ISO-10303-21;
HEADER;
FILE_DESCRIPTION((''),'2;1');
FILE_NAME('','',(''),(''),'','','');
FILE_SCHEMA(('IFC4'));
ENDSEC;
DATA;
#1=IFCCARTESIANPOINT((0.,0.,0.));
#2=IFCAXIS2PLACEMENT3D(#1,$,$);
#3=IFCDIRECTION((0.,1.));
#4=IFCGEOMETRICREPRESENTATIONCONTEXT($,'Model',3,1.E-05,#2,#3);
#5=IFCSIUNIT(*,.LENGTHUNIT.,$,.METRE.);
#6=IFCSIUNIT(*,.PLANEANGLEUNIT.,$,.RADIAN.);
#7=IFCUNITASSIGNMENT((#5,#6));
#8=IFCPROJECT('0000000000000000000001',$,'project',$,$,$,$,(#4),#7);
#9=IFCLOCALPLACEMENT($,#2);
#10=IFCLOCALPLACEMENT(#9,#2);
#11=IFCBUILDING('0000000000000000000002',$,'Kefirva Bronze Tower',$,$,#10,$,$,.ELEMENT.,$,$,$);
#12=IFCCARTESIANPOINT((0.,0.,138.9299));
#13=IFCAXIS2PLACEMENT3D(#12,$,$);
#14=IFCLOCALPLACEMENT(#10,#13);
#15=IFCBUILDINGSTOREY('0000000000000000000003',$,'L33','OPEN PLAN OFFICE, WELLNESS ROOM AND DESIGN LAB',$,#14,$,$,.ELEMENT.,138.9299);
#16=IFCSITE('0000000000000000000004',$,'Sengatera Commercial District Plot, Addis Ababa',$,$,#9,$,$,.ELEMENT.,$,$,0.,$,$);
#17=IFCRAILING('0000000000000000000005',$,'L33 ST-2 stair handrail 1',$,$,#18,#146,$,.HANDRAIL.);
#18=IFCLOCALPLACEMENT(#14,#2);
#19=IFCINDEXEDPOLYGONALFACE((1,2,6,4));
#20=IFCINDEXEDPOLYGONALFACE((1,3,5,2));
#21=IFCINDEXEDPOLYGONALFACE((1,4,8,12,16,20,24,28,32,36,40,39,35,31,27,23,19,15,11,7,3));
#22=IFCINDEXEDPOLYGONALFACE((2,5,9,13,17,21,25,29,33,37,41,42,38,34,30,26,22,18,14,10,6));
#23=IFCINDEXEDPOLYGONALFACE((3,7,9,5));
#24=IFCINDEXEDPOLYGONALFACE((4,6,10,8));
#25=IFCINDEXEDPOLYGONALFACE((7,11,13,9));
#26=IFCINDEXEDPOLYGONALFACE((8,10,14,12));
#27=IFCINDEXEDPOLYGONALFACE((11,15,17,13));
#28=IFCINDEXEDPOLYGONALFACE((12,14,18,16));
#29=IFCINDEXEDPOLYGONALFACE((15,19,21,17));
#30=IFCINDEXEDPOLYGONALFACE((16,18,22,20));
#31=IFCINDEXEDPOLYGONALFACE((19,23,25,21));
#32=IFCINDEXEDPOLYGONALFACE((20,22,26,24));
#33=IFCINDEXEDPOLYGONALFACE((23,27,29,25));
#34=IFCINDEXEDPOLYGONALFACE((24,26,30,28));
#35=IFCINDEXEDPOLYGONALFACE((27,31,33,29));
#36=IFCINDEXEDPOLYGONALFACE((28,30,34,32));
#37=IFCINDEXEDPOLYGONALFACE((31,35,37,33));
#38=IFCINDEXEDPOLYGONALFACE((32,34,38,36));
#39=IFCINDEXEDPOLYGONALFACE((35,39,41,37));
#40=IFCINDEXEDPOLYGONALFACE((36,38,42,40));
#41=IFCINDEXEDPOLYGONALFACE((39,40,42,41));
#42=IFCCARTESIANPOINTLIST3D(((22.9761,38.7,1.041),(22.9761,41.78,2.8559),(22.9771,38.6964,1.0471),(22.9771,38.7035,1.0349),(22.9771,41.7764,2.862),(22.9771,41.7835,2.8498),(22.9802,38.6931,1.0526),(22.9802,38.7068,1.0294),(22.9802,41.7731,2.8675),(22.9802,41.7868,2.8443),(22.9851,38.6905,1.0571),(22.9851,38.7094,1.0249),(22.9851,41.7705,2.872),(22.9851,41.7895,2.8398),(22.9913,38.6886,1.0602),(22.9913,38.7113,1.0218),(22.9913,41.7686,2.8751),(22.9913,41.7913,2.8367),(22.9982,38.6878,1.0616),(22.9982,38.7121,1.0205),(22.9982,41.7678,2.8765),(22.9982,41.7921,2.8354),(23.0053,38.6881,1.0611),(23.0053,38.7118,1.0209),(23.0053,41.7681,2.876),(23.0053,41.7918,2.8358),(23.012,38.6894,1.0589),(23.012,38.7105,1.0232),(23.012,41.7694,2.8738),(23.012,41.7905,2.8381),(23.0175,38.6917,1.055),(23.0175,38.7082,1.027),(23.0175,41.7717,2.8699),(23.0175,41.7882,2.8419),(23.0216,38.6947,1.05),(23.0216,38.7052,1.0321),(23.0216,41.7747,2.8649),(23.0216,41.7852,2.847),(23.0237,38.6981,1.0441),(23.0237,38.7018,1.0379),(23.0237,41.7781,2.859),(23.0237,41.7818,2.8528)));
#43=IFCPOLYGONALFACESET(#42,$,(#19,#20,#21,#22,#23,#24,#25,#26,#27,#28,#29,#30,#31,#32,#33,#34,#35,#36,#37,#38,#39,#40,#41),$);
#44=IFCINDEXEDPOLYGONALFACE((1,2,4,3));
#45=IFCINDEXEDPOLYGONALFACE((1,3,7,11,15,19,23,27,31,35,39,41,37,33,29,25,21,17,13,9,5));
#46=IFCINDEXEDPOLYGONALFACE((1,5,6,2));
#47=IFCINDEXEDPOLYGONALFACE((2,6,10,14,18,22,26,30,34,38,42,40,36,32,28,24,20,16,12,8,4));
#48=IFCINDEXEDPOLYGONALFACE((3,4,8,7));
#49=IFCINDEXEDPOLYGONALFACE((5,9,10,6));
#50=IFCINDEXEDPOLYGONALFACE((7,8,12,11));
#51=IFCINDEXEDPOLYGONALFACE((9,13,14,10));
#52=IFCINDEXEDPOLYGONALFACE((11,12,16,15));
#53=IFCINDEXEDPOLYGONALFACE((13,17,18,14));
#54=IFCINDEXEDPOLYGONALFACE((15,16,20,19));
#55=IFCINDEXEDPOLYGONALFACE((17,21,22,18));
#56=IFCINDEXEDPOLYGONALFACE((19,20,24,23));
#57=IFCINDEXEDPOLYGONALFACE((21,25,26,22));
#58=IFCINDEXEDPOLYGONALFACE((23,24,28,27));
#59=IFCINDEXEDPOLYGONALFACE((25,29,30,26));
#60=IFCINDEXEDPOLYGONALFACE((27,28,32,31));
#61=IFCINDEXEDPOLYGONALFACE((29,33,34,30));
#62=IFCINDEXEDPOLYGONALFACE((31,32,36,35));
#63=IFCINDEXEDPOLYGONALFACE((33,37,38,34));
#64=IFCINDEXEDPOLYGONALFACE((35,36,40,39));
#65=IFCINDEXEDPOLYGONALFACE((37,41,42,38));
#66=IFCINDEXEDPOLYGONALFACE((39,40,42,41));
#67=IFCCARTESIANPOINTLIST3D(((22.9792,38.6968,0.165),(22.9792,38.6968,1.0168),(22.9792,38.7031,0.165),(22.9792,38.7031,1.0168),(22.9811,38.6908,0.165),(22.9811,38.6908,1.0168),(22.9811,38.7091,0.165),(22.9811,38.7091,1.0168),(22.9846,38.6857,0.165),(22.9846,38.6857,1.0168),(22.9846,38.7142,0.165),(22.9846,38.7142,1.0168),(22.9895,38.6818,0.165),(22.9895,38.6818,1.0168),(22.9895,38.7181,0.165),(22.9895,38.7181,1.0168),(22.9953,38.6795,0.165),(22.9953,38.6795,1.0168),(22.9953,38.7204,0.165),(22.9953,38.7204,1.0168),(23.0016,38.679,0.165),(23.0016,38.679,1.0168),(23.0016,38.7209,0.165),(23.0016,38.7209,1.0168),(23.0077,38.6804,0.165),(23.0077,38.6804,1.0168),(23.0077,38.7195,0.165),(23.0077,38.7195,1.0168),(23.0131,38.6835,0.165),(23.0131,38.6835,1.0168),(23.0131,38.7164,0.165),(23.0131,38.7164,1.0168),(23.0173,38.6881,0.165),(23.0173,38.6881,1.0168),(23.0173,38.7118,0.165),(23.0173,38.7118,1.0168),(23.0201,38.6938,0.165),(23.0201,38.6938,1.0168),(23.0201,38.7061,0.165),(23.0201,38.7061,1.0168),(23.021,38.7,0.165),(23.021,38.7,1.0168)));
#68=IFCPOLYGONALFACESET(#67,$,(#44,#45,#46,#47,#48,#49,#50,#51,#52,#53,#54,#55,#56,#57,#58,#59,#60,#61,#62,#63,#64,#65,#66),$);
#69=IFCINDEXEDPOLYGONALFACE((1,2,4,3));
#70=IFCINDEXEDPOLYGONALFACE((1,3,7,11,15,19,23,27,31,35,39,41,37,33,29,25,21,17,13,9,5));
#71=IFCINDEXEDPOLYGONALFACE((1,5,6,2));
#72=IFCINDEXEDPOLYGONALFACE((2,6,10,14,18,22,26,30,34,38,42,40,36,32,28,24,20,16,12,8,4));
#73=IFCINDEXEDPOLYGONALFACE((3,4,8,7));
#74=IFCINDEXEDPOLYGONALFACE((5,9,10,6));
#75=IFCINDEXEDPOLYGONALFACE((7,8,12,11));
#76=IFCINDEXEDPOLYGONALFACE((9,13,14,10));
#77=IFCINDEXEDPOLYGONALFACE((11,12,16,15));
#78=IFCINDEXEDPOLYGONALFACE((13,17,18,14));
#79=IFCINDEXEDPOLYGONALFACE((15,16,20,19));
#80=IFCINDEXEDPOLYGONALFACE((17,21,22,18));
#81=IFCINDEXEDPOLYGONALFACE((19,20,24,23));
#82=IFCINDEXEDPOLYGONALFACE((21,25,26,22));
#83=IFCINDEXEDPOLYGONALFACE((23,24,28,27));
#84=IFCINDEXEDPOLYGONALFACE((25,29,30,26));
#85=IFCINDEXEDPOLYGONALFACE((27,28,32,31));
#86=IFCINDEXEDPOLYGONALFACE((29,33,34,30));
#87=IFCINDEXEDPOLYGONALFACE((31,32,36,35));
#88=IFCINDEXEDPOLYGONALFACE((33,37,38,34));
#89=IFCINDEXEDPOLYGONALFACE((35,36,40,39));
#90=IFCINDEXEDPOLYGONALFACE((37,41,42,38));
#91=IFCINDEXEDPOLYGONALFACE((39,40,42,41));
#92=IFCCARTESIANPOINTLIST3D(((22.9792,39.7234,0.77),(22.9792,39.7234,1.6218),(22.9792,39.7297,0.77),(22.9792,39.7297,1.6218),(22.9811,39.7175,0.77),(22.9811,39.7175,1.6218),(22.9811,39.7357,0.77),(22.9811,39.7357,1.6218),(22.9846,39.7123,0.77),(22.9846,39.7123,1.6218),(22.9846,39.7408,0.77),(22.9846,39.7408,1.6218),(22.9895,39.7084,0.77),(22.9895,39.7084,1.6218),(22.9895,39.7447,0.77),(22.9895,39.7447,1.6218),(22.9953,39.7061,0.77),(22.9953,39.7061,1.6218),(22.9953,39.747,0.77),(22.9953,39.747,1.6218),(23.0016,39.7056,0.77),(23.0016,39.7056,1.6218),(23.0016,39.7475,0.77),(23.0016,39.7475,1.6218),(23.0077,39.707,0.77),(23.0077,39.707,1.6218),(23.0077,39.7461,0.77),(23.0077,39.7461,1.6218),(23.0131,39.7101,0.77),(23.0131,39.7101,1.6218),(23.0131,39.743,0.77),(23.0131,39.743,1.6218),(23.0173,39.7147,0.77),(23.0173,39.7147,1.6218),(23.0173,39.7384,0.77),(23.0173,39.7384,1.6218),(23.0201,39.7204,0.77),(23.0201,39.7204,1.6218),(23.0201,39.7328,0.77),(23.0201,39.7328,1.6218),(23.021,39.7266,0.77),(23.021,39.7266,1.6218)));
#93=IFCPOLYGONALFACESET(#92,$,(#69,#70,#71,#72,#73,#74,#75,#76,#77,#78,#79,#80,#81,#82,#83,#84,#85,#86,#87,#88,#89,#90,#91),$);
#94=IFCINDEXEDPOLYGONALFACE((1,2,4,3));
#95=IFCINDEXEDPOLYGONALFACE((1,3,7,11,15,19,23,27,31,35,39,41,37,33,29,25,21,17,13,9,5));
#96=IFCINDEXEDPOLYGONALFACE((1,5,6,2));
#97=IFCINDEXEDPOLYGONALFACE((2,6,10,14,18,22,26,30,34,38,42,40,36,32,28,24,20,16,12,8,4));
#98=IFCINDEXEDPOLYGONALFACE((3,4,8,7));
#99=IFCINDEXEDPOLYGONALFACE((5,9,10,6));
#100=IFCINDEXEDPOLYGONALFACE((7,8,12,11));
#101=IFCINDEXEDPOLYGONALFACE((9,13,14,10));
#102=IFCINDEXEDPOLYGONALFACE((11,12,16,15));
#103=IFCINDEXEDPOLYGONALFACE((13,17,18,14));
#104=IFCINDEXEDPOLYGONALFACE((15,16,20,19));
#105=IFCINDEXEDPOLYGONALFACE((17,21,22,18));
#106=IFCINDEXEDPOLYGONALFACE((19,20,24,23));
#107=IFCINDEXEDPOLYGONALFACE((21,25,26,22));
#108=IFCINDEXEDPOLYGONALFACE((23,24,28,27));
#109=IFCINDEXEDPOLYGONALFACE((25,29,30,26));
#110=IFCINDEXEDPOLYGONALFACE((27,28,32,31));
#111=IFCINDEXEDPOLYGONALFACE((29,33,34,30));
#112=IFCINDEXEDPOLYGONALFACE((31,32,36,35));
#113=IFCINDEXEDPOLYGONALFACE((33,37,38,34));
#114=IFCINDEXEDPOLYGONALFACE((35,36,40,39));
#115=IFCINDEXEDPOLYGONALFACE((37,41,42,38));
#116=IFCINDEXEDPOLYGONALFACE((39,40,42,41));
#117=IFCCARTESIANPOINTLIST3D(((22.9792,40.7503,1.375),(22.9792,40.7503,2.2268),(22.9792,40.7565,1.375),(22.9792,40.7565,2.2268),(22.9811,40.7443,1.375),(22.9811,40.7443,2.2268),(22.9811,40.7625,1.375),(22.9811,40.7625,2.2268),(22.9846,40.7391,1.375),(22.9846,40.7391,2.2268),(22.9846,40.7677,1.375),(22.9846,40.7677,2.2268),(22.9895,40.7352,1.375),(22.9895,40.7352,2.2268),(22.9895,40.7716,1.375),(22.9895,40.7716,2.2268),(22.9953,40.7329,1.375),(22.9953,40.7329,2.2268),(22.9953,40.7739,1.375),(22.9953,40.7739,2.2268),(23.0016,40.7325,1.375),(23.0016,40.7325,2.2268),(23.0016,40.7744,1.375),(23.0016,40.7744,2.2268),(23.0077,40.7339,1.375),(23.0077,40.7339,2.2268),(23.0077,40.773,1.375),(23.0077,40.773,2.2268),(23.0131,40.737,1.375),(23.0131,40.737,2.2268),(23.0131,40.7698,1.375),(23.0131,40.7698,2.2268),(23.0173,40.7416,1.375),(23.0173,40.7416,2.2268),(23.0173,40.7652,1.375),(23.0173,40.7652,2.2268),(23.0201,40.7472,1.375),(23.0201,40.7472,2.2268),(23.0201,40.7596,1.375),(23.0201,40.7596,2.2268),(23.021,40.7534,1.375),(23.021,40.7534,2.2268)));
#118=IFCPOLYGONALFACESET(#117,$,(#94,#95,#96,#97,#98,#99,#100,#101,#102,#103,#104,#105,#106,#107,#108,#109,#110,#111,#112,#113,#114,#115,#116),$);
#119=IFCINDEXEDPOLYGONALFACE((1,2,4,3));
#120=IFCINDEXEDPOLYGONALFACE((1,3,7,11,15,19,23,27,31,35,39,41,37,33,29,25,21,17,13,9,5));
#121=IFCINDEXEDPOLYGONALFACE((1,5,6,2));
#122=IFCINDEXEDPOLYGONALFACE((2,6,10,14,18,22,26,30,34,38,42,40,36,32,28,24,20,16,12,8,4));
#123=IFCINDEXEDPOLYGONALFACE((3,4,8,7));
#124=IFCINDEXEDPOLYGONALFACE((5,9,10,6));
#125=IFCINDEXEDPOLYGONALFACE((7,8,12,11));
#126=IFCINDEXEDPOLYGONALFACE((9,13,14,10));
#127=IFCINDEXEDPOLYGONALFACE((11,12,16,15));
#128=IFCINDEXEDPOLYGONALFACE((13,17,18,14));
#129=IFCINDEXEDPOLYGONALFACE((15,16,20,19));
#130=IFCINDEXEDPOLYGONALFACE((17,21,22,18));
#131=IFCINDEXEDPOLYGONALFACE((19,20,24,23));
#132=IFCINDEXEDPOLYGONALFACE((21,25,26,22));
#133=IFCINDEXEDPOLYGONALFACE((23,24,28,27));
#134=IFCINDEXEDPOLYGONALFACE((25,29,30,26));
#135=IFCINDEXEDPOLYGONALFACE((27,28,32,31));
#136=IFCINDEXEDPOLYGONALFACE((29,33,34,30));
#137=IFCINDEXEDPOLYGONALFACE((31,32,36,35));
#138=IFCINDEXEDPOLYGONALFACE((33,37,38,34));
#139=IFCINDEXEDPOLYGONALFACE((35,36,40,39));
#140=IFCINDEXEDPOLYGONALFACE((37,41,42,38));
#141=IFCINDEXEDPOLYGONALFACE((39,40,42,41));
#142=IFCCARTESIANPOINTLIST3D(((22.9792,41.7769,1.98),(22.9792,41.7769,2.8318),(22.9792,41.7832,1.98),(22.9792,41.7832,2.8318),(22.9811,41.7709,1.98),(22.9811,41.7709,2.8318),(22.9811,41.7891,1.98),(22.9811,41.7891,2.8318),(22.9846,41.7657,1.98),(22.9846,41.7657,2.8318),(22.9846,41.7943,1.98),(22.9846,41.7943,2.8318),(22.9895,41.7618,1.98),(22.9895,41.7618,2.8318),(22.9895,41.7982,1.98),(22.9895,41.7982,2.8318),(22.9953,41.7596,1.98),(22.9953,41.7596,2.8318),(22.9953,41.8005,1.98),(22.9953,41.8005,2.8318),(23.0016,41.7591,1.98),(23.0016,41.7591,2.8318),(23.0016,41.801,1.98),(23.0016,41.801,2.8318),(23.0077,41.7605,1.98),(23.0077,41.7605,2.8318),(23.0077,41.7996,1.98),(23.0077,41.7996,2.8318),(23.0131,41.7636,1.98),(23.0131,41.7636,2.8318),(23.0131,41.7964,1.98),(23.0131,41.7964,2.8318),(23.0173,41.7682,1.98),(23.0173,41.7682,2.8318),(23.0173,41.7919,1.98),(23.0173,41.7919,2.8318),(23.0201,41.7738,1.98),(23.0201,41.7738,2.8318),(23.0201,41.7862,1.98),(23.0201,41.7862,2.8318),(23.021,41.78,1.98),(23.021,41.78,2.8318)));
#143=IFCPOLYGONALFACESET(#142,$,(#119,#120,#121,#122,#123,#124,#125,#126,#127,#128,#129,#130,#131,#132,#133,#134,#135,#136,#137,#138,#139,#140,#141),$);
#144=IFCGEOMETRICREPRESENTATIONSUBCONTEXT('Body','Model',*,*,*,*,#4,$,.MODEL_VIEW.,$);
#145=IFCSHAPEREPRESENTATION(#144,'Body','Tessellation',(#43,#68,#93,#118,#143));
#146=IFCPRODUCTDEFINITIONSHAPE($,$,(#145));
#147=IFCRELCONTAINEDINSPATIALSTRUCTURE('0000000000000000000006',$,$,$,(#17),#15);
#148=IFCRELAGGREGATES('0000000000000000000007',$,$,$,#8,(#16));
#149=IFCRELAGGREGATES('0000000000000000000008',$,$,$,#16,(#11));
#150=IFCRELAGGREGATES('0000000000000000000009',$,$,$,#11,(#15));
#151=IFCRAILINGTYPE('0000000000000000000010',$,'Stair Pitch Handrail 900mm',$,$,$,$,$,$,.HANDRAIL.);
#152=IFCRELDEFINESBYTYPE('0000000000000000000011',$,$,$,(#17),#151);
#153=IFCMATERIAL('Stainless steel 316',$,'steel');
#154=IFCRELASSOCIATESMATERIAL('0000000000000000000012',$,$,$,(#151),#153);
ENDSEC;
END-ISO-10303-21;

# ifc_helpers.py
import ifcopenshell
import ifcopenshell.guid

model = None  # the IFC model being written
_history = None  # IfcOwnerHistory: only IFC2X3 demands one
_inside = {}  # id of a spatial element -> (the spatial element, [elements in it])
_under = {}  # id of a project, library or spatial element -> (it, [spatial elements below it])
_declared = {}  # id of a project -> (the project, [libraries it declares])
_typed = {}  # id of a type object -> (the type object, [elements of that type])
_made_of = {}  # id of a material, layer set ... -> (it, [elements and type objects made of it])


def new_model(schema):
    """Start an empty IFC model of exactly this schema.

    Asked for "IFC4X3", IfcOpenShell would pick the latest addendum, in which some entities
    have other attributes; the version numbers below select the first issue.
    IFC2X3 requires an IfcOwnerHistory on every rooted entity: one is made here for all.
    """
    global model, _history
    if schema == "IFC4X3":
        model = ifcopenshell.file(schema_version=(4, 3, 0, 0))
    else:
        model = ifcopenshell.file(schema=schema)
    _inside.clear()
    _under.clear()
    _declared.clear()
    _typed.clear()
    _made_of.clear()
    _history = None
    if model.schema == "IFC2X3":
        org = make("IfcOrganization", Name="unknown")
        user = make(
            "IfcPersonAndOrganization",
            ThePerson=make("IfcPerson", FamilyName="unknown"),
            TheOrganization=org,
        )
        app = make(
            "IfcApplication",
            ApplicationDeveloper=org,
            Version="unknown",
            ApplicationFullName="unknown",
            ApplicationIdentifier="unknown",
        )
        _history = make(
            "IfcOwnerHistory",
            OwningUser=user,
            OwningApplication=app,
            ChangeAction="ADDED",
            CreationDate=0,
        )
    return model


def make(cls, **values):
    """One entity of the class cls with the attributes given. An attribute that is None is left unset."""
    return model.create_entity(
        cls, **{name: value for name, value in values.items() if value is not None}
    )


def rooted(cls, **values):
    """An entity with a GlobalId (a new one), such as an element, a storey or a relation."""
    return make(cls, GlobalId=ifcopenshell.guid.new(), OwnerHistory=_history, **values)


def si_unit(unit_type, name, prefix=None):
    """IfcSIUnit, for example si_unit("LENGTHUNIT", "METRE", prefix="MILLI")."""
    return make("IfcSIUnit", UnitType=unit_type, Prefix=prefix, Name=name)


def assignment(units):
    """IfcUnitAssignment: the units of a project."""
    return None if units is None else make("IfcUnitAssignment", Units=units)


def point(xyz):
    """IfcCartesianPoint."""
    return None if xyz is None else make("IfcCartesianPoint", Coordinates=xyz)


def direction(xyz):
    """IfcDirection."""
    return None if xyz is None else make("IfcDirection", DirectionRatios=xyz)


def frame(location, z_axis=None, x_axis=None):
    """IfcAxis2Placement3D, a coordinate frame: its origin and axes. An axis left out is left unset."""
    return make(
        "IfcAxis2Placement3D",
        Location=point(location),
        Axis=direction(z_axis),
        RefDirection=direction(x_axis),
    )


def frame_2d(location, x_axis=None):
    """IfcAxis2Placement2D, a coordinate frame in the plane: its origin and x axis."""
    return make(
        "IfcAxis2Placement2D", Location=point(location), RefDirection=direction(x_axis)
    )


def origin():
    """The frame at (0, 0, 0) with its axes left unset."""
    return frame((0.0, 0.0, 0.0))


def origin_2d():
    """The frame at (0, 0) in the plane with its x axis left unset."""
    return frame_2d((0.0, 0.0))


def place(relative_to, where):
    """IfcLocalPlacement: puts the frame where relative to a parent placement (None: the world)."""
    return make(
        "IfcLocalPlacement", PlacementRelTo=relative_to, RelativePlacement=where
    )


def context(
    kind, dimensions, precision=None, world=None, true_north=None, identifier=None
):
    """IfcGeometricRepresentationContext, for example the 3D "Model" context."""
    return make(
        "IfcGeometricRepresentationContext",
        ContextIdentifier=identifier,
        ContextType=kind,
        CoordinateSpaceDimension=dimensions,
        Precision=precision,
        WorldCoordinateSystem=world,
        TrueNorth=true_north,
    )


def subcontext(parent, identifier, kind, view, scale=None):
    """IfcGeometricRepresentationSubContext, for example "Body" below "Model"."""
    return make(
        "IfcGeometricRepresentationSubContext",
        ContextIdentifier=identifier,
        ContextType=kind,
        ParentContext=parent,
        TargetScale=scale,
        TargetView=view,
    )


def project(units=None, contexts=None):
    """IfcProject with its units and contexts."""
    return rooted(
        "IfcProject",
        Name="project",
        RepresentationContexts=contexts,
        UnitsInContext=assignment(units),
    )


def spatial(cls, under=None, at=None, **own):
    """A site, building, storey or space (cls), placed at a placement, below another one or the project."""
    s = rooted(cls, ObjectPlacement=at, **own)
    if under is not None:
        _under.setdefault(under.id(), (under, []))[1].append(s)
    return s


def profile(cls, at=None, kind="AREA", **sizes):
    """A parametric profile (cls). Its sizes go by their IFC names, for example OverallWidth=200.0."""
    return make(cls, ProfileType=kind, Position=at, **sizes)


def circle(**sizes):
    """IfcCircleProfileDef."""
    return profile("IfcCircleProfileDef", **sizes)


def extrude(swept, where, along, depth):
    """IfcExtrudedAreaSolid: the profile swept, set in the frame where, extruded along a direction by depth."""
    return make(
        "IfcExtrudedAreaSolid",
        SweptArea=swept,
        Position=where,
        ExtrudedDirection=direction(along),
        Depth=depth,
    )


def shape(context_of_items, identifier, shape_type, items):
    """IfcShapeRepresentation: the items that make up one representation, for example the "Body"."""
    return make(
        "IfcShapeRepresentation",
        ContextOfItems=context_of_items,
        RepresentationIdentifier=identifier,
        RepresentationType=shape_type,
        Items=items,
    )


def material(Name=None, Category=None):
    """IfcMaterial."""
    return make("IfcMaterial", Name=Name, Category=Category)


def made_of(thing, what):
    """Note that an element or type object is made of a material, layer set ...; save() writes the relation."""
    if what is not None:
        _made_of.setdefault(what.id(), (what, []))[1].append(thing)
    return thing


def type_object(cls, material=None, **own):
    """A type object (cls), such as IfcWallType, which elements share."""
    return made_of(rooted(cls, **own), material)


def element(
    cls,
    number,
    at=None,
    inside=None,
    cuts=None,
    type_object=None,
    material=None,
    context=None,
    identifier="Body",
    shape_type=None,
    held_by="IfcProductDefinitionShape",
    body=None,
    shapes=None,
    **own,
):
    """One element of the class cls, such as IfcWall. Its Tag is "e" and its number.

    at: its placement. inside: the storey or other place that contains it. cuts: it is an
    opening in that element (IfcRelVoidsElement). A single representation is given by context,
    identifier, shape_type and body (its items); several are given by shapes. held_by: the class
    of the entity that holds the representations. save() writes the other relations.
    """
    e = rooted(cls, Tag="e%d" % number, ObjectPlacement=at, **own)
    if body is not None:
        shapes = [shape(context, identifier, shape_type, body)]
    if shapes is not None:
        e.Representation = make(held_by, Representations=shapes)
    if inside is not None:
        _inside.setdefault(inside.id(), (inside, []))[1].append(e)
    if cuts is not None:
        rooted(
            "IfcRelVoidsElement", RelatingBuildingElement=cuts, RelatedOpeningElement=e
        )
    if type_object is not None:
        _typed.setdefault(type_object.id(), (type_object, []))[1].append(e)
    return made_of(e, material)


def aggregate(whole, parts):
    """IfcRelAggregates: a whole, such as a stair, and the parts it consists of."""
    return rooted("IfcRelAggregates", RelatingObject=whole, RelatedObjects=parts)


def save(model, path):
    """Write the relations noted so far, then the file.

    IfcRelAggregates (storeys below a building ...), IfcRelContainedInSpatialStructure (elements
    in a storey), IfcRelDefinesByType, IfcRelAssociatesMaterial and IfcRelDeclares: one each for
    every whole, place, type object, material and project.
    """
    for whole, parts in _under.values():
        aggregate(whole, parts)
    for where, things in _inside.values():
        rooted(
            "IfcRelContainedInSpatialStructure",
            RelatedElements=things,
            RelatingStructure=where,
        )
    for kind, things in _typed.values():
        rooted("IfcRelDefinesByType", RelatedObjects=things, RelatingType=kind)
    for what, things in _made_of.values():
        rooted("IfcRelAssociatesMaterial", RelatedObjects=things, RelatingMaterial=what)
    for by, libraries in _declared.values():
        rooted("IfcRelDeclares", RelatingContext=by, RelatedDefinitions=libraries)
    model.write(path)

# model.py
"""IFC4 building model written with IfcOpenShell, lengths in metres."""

from ifc_helpers import new_model, si_unit, direction, frame, origin, origin_2d, place, context, subcontext, project, spatial, circle, extrude, material, type_object, element, save


model = new_model("IFC4")

# Units and contexts
model_context = context("Model", 3, precision=1e-05, world=origin(), true_north=direction((0.0, 1.0)))
body_context = subcontext(model_context, "Body", "Model", "MODEL_VIEW")
ifc_project = project(units=[si_unit("LENGTHUNIT", "METRE"), si_unit("PLANEANGLEUNIT", "RADIAN")], contexts=[model_context])

# Site, building, storey
site_placement = place(None, origin())
site = spatial("IfcSite", under=ifc_project, at=site_placement, Name="Sengatera Commercial District Plot, Addis Ababa", CompositionType="ELEMENT", RefElevation=0.0)
building_placement = place(site_placement, origin())
building = spatial("IfcBuilding", under=site, at=building_placement, Name="Kefirva Bronze Tower", CompositionType="ELEMENT")
storey_placement = place(building_placement, frame((0.0, 0.0, 138.9299)))
storey = spatial("IfcBuildingStorey", under=building, at=storey_placement, Name="L33", Description="OPEN PLAN OFFICE, WELLNESS ROOM AND DESIGN LAB", CompositionType="ELEMENT", Elevation=138.9299)

# Railing
ifc_material_1 = material(Name="Stainless steel 316", Category="steel")
railing_type_1 = type_object("IfcRailingType", Name="Stair Pitch Handrail 900mm", PredefinedType="HANDRAIL", material=ifc_material_1)
railing_1_placement = place(storey_placement, frame((23.0, 38.7, 0.165)))
element("IfcRailing", 1, at=railing_1_placement, inside=storey, type_object=railing_type_1, Name="L33 ST-2 stair handrail 1", PredefinedType="HANDRAIL", context=body_context, shape_type="SweptSolid", body=[
    extrude(circle(Radius=0.0239, at=origin_2d()), frame((0.0, 0.0, 0.876), z_axis=(0.0, 0.861551, 0.507671), x_axis=(-1.0, 0.0, 0.0)), (0.0, 0.0, 1.0), 3.575),
    extrude(circle(Radius=0.021, at=origin_2d()), origin(), (0.0, 0.0, 1.0), 0.8518),
    extrude(circle(Radius=0.021, at=origin_2d()), frame((0.0, 1.0266, 0.605)), (0.0, 0.0, 1.0), 0.8518),
    extrude(circle(Radius=0.021, at=origin_2d()), frame((0.0, 2.0535, 1.21)), (0.0, 0.0, 1.0), 0.8518),
    extrude(circle(Radius=0.021, at=origin_2d()), frame((0.0, 3.0801, 1.8149)), (0.0, 0.0, 1.0), 0.8518),
])

save(model, "model.ifc")
